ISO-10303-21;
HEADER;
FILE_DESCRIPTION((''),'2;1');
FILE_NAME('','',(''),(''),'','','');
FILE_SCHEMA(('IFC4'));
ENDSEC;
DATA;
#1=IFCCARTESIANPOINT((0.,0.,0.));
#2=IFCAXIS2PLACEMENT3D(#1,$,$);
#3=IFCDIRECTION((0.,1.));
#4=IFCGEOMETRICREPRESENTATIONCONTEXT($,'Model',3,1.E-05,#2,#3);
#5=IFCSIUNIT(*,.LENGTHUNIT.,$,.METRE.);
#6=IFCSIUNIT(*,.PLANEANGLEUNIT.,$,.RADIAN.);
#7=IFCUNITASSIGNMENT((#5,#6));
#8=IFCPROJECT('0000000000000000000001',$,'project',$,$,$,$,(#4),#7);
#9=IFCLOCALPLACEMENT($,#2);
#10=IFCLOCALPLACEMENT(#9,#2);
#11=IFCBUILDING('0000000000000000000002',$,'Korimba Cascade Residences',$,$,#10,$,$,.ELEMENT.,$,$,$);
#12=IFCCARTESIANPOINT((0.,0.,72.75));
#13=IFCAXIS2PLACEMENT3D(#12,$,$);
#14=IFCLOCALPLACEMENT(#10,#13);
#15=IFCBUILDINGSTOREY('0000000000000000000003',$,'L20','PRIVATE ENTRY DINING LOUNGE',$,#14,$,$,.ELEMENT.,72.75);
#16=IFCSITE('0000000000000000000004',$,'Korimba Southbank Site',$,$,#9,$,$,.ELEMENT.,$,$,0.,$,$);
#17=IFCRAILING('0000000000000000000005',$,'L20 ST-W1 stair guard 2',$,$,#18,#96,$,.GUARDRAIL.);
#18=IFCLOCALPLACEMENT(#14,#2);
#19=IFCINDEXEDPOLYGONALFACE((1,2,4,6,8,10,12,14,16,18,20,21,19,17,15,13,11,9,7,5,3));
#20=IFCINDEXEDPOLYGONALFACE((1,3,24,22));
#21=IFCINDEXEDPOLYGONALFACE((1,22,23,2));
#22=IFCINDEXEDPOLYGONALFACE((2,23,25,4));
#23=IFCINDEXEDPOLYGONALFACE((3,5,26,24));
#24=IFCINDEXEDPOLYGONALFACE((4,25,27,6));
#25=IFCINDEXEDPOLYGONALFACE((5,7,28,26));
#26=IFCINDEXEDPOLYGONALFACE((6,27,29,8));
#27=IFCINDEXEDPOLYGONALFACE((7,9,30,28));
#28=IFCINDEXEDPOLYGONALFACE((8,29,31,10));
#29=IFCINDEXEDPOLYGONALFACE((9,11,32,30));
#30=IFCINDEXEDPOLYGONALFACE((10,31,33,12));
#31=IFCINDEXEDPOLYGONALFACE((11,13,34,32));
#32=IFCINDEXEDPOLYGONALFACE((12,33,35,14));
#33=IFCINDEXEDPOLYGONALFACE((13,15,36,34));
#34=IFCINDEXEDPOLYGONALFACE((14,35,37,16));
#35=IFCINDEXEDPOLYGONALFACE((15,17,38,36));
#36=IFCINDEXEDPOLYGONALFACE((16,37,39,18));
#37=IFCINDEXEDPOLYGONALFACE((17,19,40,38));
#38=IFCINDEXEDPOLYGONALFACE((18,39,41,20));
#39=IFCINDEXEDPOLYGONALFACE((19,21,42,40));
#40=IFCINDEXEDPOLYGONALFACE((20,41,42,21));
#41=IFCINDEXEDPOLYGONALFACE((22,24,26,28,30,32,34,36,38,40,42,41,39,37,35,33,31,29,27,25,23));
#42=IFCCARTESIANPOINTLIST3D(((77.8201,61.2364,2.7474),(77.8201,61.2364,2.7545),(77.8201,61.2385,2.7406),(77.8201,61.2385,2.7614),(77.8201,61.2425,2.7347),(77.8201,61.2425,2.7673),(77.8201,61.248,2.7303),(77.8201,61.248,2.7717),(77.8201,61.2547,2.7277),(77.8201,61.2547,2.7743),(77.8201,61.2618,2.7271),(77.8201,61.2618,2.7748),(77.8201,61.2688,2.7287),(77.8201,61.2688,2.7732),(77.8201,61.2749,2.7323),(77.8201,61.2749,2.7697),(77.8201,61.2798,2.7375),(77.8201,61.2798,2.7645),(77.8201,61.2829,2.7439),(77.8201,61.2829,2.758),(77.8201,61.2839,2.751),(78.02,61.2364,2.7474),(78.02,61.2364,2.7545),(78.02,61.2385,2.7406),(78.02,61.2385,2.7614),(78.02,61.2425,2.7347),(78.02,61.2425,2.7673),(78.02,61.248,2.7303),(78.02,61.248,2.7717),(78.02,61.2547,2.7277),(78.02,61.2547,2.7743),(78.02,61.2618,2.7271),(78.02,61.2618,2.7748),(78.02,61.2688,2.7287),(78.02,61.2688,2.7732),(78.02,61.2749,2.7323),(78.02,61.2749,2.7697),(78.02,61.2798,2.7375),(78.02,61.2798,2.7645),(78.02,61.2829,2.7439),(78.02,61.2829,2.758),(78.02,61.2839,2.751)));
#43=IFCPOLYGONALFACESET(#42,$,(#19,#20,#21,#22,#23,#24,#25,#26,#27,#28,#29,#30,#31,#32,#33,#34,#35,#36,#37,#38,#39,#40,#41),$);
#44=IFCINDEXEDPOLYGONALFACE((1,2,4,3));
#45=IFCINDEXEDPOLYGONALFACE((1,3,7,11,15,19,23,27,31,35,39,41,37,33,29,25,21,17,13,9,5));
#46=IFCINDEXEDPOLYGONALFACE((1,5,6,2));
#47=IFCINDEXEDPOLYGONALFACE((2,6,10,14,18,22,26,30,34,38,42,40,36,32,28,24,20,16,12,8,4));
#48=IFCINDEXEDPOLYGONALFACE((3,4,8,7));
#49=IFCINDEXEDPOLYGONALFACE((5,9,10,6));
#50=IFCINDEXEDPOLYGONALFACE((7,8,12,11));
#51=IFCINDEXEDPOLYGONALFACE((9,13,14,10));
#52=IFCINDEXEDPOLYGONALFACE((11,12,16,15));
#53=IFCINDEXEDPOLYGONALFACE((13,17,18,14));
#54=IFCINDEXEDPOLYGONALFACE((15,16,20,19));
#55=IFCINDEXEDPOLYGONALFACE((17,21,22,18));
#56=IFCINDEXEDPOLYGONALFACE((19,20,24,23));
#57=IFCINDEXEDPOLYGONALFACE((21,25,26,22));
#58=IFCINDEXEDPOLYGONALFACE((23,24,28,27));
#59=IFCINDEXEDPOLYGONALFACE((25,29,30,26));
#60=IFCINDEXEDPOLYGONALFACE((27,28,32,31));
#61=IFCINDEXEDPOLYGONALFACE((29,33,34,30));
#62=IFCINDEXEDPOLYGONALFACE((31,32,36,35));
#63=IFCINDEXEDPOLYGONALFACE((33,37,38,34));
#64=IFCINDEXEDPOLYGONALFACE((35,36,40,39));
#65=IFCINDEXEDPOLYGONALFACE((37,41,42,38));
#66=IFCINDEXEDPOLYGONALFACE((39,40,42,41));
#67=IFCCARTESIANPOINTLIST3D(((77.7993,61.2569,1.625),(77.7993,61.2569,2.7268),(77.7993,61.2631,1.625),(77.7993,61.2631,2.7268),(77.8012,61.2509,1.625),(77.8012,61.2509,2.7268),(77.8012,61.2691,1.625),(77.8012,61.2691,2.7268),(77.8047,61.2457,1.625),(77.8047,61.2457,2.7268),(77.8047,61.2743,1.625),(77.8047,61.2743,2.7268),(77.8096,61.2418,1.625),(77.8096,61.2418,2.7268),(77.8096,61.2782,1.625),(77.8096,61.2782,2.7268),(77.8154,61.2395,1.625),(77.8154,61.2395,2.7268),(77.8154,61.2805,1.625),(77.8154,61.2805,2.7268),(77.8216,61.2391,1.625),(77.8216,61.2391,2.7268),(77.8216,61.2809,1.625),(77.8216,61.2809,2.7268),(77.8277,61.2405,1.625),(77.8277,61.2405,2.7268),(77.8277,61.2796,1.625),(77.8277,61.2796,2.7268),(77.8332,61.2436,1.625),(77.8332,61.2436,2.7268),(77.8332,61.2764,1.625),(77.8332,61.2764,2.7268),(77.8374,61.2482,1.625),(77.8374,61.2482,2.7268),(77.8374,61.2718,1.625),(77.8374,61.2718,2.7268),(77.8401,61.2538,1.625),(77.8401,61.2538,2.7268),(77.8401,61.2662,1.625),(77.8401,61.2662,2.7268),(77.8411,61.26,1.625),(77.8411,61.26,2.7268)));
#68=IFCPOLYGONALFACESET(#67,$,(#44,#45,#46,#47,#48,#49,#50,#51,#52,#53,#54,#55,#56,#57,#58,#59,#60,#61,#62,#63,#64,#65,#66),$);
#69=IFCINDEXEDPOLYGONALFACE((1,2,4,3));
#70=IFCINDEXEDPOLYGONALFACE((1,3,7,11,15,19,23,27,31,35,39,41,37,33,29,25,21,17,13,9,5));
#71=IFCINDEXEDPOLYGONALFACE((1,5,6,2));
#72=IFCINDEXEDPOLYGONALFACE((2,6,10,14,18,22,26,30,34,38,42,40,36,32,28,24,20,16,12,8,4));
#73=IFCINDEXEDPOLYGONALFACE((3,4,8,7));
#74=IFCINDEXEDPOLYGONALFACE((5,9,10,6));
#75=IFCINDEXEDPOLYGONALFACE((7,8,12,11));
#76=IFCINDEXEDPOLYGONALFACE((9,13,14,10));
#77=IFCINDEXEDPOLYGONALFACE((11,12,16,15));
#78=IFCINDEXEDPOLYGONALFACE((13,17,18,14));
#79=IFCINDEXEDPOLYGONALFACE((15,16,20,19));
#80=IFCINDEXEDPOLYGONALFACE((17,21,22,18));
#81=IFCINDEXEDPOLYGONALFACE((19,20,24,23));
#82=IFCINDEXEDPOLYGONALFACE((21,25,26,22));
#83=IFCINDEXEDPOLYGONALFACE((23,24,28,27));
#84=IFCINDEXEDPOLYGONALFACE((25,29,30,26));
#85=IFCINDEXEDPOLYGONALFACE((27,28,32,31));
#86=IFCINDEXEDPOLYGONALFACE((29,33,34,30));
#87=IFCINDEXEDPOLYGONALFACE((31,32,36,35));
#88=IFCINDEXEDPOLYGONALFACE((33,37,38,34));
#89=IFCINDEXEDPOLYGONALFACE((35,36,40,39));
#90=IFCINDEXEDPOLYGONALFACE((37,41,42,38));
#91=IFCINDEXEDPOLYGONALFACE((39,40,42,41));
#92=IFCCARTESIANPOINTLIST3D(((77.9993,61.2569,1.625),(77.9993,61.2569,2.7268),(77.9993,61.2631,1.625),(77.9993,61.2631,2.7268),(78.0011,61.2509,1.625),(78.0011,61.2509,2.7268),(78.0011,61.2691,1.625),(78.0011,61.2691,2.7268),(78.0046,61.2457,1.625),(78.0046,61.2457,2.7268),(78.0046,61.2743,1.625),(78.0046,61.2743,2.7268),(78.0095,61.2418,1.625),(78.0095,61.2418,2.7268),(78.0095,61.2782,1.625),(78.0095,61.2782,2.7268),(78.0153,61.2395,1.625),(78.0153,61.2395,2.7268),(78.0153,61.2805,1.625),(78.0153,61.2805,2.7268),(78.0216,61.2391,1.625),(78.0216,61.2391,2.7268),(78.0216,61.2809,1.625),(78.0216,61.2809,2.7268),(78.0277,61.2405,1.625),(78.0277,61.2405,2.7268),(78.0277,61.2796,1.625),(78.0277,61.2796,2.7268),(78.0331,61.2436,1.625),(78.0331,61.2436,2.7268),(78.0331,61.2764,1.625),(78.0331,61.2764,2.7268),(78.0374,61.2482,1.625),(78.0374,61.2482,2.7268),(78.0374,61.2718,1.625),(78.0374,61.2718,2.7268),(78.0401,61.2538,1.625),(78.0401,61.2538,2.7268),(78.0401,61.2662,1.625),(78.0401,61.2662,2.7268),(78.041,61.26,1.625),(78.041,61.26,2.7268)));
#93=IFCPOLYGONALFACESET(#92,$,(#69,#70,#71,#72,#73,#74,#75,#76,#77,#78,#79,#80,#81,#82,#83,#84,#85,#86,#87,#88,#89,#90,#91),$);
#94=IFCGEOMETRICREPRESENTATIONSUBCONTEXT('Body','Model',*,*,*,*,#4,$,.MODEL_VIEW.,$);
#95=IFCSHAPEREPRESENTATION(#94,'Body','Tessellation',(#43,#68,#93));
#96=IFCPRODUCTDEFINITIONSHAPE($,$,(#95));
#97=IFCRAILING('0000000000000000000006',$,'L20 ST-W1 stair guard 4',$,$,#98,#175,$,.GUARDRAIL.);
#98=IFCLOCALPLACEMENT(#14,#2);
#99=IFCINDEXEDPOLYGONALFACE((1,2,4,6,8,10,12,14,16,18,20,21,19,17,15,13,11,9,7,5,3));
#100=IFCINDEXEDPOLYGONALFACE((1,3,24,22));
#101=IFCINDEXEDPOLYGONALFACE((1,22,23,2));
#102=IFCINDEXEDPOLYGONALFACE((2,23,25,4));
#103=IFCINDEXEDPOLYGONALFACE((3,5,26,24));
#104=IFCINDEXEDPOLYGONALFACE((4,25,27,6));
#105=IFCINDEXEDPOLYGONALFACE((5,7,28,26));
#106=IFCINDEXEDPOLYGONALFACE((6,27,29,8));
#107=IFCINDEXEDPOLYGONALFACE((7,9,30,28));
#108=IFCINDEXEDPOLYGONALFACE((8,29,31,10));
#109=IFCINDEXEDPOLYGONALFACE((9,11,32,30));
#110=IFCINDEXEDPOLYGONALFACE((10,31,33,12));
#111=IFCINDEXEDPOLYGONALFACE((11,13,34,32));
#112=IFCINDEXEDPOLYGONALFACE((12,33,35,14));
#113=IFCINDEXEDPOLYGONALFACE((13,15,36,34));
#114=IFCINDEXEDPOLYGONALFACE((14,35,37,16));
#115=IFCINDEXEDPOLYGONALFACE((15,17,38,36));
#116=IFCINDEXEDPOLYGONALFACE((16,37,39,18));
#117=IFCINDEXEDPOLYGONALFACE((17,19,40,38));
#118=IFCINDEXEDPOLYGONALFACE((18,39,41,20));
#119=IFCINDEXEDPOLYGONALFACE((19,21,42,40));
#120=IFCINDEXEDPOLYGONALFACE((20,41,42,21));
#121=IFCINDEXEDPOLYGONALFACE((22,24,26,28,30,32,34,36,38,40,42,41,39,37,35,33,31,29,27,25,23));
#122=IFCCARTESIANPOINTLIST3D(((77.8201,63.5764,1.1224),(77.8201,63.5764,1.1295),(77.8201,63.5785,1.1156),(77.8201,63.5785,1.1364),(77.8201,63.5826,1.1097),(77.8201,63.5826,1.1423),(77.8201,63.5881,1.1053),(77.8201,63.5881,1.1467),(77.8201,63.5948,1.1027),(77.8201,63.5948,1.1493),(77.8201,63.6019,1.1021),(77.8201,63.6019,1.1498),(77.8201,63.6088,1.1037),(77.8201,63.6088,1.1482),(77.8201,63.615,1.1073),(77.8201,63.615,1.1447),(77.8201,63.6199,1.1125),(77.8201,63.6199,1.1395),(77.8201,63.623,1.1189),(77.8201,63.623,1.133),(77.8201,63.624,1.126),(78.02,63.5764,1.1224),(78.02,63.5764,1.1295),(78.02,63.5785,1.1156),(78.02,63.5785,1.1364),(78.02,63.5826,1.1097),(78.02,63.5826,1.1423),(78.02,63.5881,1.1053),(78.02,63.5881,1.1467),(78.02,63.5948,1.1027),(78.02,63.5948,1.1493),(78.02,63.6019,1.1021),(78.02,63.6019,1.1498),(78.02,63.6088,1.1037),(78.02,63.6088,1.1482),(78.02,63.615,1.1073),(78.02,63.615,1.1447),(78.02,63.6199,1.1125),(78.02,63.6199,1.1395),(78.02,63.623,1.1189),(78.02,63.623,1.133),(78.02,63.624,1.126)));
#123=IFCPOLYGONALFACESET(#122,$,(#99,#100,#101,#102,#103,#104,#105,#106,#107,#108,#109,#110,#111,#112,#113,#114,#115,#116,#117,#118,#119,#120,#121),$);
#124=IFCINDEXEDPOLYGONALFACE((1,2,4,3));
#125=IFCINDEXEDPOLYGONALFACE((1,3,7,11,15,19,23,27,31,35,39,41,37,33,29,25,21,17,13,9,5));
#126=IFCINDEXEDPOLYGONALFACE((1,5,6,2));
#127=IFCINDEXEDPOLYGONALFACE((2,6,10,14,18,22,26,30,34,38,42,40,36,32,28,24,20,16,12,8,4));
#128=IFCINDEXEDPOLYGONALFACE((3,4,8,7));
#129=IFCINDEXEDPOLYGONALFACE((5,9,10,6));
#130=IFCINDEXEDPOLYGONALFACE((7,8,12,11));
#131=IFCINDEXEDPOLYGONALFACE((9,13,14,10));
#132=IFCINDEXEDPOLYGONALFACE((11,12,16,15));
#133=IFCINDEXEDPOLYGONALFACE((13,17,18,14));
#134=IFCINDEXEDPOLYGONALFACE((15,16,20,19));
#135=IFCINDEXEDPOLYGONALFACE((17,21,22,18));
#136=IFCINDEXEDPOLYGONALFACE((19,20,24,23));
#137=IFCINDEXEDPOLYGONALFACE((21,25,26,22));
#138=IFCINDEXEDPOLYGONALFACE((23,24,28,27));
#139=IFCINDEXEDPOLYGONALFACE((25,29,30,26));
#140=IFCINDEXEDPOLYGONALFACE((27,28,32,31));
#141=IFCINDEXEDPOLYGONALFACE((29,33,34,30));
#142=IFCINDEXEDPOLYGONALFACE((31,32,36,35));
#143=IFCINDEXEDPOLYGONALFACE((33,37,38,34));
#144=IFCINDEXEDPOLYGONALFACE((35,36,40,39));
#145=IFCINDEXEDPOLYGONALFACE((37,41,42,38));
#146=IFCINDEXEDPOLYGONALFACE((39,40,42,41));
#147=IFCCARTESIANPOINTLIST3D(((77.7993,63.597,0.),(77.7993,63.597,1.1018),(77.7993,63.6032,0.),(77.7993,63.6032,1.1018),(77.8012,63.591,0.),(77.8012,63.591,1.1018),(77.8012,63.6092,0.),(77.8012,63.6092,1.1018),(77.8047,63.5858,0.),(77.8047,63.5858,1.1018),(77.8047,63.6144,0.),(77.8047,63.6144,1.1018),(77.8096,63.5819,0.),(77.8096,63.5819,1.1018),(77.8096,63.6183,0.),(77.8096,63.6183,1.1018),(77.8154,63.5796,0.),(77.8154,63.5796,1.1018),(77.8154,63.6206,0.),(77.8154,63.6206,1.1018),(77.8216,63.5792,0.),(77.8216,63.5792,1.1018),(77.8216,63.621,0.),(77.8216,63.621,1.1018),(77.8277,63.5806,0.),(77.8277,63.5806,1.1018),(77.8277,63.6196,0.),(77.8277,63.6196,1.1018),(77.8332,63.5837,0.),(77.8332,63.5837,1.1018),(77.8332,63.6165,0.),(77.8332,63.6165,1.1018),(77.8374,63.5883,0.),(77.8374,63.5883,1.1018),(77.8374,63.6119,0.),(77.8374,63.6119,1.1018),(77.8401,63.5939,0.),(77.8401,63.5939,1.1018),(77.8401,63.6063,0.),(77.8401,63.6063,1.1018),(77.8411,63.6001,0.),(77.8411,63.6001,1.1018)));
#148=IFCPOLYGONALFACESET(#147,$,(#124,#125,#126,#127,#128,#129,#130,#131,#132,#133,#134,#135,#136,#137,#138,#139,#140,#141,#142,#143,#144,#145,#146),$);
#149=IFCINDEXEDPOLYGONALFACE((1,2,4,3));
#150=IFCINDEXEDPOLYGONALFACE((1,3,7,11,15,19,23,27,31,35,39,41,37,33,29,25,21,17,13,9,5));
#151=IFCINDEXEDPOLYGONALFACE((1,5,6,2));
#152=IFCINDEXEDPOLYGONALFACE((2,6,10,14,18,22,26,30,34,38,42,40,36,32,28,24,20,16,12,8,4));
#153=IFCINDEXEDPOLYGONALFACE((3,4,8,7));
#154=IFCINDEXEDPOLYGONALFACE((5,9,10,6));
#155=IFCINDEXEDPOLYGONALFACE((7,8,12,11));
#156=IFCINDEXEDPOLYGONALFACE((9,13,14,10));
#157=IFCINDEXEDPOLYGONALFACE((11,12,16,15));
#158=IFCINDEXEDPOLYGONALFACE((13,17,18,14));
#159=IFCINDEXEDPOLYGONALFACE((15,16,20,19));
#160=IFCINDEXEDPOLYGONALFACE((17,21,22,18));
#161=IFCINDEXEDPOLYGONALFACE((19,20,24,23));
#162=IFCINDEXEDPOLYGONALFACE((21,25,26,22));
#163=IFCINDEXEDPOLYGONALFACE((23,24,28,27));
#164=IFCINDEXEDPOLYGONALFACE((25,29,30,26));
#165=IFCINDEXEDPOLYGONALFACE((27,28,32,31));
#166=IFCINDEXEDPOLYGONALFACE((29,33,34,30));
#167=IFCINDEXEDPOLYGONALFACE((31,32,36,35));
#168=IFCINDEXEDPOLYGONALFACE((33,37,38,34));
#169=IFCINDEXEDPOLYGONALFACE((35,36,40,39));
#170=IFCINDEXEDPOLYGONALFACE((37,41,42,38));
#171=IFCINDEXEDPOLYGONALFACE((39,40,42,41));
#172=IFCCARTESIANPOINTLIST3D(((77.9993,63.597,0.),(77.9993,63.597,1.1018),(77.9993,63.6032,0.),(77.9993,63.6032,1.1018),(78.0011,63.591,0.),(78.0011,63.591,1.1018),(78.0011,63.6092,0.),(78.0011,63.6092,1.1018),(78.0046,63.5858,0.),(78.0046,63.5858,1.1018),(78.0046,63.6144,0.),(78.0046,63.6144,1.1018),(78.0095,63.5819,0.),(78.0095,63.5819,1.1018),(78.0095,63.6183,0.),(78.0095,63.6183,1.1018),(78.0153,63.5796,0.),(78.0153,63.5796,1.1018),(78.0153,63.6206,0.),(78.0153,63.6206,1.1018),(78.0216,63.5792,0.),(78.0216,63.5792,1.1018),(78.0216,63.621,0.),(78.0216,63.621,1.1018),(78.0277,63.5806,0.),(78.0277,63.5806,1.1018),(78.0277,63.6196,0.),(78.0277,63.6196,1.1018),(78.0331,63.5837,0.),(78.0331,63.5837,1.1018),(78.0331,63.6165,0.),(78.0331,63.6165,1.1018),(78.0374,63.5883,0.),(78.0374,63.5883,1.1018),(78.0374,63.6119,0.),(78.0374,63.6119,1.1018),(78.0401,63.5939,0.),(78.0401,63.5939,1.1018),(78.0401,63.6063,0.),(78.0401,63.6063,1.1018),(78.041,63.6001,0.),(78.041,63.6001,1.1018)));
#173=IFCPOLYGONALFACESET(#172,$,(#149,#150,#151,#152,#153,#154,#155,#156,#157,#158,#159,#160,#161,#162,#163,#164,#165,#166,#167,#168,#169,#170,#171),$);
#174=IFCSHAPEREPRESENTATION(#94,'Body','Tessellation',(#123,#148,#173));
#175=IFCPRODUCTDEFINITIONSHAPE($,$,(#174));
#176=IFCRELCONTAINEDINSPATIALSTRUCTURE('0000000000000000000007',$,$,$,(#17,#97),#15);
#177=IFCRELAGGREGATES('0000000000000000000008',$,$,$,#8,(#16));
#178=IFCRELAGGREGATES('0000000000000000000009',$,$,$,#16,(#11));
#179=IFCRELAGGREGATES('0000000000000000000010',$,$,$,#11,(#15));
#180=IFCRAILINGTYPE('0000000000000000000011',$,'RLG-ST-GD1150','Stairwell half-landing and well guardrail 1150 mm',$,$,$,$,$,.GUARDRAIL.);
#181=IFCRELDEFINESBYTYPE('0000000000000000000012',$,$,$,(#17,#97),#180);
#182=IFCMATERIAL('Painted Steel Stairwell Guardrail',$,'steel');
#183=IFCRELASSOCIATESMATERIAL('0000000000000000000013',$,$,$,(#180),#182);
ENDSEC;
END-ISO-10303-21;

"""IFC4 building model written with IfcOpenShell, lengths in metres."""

from ifc_helpers import new_model, si_unit, direction, frame, origin, origin_2d, place, context, subcontext, project, spatial, circle, extrude, material, type_object, element, save


model = new_model("IFC4")

# Units and contexts
model_context = context("Model", 3, precision=1e-05, world=origin(), true_north=direction((0.0, 1.0)))
body_context = subcontext(model_context, "Body", "Model", "MODEL_VIEW")
ifc_project = project(units=[si_unit("LENGTHUNIT", "METRE"), si_unit("PLANEANGLEUNIT", "RADIAN")], contexts=[model_context])

# Site, building, storey
site_placement = place(None, origin())
site = spatial("IfcSite", under=ifc_project, at=site_placement, Name="Korimba Southbank Site", CompositionType="ELEMENT", RefElevation=0.0)
building_placement = place(site_placement, origin())
building = spatial("IfcBuilding", under=site, at=building_placement, Name="Korimba Cascade Residences", CompositionType="ELEMENT")
storey_placement = place(building_placement, frame((0.0, 0.0, 72.75)))
storey = spatial("IfcBuildingStorey", under=building, at=storey_placement, Name="L20", Description="PRIVATE ENTRY DINING LOUNGE", CompositionType="ELEMENT", Elevation=72.75)

# Railings
ifc_material_1 = material(Name="Painted Steel Stairwell Guardrail", Category="steel")
railing_type_1 = type_object("IfcRailingType", Name="RLG-ST-GD1150", Description="Stairwell half-landing and well guardrail 1150 mm", PredefinedType="GUARDRAIL", material=ifc_material_1)
for number, where, name in (
    (1, (77.8201, 61.26, 1.625), "L20 ST-W1 stair guard 2"),
    (2, (77.8201, 63.6001, 0.0), "L20 ST-W1 stair guard 4"),
):
    element("IfcRailing", number, at=place(storey_placement, frame(where)), inside=storey, type_object=railing_type_1, Name=name, PredefinedType="GUARDRAIL", context=body_context, shape_type="SweptSolid", body=[
        extrude(circle(Radius=0.0239, at=origin_2d()), frame((0.0, 0.0, 1.126), z_axis=(1.0, 0.0, 0.0), x_axis=(0.0, 1.0, 0.0)), (0.0, 0.0, 1.0), 0.2),
        extrude(circle(Radius=0.021, at=origin_2d()), origin(), (0.0, 0.0, 1.0), 1.1018),
        extrude(circle(Radius=0.021, at=origin_2d()), frame((0.2, 0.0, 0.0)), (0.0, 0.0, 1.0), 1.1018),
    ])

save(model, "model.ifc")
